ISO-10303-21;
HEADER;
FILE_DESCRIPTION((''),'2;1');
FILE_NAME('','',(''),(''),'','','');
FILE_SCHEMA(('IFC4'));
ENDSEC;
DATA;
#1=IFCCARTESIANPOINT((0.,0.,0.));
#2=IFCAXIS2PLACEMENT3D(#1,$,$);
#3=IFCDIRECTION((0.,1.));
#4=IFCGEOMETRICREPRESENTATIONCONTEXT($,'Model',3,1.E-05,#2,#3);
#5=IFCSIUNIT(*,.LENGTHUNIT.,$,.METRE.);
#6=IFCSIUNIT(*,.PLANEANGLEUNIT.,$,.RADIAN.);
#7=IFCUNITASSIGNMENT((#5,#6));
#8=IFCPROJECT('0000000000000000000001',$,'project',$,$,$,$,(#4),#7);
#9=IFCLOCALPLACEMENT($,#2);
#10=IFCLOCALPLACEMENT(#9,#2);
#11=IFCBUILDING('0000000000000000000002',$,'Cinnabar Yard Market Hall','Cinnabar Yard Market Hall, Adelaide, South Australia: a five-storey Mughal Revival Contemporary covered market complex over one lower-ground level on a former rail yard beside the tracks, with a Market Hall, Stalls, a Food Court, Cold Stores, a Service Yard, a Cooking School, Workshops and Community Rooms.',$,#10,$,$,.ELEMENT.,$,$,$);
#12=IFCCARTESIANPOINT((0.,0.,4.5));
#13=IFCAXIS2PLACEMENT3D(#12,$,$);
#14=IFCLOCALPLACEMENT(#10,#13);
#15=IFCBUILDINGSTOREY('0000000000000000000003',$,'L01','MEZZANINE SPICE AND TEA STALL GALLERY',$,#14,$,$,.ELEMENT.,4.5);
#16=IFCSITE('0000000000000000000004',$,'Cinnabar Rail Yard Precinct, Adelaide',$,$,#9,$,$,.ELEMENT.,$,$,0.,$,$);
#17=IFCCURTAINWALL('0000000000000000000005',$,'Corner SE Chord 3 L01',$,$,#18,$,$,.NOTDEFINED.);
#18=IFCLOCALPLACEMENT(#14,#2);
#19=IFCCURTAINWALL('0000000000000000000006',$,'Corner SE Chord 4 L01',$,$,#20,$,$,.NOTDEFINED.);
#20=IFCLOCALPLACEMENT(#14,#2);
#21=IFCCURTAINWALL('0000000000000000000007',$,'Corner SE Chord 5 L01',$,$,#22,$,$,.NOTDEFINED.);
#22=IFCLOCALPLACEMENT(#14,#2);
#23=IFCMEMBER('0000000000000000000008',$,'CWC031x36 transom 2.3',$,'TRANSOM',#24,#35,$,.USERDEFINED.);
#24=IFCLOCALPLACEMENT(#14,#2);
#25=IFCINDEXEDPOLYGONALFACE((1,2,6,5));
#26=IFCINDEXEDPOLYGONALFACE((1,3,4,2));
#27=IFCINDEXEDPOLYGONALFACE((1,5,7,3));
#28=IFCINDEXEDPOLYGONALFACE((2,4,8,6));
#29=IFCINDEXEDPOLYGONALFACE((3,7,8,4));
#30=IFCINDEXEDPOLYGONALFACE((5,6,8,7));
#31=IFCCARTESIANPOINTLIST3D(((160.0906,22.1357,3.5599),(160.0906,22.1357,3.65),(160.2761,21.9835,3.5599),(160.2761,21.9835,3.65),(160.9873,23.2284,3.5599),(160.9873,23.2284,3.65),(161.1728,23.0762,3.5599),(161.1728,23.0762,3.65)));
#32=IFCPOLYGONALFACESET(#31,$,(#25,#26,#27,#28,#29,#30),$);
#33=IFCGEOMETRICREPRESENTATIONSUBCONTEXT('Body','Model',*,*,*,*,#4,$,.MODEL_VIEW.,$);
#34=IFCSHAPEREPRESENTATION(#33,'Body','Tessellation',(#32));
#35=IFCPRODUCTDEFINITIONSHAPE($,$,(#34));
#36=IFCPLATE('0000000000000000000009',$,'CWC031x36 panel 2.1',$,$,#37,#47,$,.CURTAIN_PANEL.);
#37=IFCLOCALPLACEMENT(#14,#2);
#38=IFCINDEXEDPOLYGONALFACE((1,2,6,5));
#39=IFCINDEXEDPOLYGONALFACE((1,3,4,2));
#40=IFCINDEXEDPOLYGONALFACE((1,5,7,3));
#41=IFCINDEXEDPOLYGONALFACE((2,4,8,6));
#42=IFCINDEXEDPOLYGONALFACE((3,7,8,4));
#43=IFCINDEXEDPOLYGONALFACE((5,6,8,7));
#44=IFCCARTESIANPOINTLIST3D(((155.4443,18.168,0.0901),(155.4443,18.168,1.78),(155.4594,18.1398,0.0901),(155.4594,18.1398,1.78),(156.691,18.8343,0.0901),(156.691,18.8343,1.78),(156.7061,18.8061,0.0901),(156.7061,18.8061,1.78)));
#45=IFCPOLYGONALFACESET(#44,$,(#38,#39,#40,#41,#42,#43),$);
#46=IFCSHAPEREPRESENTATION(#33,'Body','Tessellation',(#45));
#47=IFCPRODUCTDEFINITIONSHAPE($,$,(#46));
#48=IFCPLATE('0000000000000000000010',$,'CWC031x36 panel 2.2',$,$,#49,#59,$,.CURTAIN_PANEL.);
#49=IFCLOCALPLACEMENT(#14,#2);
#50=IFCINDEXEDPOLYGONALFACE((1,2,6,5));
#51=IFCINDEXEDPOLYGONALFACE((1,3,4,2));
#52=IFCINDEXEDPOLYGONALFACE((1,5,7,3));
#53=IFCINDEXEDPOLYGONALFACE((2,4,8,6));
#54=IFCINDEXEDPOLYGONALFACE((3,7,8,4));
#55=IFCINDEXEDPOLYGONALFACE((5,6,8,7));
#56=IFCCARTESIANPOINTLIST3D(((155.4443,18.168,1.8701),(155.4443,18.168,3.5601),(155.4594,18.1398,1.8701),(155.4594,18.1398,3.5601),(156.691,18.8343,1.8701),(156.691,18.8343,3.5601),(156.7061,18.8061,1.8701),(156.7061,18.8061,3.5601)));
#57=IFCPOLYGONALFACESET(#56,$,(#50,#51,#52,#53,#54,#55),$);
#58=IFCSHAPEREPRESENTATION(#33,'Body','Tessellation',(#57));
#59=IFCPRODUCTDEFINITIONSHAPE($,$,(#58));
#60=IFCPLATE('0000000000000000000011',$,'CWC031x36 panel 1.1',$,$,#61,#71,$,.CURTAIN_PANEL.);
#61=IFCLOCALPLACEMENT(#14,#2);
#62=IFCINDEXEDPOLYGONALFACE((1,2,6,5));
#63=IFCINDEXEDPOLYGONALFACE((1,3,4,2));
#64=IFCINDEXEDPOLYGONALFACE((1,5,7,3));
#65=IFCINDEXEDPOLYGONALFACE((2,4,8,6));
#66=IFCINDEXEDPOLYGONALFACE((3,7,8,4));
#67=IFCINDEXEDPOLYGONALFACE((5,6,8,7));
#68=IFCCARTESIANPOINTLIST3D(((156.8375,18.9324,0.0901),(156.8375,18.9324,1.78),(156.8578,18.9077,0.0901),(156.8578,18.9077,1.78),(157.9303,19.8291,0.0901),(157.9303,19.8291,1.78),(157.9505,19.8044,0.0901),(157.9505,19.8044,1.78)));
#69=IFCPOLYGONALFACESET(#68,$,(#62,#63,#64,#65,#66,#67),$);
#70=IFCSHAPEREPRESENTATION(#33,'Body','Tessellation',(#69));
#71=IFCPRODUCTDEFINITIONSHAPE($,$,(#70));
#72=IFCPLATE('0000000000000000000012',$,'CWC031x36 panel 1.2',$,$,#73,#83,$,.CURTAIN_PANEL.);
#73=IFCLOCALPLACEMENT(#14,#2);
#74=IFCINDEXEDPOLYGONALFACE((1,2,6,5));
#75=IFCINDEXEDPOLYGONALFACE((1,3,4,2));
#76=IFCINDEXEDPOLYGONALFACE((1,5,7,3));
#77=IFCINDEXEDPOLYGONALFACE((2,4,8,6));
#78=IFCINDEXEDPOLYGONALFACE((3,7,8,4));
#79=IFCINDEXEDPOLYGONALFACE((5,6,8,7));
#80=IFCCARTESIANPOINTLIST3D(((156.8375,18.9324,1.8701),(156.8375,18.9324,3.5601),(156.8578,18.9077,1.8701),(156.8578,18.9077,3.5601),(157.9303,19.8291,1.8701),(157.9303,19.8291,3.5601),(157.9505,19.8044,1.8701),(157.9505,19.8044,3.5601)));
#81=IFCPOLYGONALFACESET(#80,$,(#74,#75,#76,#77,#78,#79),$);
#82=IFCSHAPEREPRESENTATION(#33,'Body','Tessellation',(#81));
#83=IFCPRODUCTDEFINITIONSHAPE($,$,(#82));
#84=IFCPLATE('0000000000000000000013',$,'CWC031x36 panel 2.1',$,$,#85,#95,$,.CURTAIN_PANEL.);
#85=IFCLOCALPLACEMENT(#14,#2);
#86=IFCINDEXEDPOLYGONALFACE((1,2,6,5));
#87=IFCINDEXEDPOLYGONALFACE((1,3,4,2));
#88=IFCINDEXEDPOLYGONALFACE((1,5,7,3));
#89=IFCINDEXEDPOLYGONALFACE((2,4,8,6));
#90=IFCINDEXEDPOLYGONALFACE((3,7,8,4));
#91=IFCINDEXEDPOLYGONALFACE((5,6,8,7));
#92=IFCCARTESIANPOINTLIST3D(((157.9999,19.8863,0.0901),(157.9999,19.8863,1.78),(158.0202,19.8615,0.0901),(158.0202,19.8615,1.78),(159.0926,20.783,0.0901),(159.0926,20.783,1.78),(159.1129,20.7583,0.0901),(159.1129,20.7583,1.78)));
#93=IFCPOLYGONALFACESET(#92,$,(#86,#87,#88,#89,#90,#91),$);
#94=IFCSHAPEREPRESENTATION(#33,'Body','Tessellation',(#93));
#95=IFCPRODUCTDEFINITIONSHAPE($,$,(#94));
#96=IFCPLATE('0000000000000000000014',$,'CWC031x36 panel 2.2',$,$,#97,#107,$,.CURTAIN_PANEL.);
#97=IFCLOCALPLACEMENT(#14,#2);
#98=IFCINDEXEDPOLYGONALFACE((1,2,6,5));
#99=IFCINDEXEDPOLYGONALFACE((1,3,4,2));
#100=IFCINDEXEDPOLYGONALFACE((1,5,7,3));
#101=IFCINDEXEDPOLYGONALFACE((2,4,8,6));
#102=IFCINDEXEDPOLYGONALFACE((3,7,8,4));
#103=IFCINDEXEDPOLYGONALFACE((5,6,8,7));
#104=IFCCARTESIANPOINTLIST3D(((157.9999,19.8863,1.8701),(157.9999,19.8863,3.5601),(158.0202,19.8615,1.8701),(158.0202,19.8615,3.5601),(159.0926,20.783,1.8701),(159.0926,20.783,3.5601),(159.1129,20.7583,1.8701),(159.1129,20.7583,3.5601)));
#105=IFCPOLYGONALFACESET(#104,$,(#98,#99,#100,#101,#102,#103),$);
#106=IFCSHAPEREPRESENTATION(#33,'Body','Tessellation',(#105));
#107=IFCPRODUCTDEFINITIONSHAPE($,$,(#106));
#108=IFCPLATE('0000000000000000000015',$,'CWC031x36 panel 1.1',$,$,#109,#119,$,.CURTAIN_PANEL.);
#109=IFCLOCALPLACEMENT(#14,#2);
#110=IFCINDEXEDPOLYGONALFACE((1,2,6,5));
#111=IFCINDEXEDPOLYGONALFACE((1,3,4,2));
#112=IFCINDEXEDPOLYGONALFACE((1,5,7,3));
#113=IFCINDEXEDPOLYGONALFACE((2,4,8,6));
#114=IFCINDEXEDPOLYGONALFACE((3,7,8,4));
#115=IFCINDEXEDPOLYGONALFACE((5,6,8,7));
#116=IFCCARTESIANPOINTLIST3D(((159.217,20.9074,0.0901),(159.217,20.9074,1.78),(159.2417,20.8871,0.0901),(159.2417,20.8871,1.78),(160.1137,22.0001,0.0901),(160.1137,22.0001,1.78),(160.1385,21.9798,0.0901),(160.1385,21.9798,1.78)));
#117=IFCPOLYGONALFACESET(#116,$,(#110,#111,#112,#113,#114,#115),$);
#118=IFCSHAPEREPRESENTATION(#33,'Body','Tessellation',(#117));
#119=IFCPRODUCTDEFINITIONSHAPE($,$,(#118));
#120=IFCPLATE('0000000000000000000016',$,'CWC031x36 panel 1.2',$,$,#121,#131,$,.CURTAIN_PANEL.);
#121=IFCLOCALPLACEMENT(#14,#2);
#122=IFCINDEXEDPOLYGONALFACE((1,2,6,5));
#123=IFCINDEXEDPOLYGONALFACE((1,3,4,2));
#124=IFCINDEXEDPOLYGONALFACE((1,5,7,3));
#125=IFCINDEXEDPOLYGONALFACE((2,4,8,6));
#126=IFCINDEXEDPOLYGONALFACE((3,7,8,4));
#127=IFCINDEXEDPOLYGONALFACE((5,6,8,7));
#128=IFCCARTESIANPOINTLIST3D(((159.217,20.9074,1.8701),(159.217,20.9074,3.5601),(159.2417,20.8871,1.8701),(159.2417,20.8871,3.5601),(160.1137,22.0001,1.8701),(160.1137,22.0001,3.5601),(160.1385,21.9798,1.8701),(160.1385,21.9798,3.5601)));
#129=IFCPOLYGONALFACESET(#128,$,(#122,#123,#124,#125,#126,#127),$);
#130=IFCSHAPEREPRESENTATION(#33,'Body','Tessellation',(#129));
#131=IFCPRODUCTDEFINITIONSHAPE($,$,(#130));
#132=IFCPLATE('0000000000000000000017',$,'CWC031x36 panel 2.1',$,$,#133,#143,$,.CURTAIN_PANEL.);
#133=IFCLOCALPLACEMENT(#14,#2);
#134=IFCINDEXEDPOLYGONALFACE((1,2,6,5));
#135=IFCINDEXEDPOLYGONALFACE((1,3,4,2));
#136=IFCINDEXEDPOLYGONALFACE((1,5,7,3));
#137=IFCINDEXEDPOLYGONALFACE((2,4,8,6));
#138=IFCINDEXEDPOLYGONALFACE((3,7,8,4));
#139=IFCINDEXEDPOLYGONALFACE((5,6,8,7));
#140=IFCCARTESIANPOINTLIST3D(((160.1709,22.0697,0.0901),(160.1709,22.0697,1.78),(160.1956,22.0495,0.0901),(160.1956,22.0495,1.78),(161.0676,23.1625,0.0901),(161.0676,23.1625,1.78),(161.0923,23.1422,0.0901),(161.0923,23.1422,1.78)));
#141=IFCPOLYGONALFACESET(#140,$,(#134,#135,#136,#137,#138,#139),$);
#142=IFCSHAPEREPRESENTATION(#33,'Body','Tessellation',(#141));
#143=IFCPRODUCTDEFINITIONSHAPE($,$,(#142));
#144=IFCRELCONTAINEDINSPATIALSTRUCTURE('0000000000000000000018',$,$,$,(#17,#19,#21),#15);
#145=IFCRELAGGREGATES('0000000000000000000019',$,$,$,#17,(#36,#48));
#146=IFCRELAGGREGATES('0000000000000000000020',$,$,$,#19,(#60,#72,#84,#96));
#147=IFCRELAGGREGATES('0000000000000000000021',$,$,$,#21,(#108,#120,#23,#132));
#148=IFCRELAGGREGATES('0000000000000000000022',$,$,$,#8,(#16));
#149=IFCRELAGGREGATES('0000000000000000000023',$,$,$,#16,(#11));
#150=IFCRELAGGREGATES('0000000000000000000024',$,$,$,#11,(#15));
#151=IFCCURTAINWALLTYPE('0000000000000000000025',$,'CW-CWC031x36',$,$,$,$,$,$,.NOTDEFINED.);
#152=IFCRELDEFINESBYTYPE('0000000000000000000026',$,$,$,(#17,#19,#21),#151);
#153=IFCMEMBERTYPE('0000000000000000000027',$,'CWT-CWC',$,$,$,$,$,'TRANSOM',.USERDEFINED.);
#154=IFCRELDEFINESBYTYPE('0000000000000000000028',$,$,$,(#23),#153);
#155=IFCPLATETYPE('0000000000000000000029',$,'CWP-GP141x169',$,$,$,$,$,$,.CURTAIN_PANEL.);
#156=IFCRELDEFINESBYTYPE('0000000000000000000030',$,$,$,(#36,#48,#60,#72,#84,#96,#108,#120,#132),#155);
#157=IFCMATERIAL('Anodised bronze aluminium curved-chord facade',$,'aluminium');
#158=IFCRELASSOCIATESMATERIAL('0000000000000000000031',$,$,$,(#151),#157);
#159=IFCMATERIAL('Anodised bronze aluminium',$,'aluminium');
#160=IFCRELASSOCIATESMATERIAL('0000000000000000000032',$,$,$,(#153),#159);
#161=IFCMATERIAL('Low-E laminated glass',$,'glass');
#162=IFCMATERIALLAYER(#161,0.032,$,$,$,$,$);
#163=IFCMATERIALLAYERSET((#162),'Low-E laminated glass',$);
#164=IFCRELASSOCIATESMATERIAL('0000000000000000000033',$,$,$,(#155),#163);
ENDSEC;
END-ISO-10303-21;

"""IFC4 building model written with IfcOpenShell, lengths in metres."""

from ifc_helpers import new_model, si_unit, direction, frame, origin, origin_2d_with_axis, place, context, subcontext, project, spatial, rectangle, extrude, material, layer, layer_set, material_profile, profile_set, type_object, element, aggregate, save


model = new_model("IFC4")

# Units and contexts
model_context = context("Model", 3, precision=1e-05, world=origin(), true_north=direction((0.0, 1.0)))
body_context = subcontext(model_context, "Body", "Model", "MODEL_VIEW")
ifc_project = project(units=[si_unit("LENGTHUNIT", "METRE"), si_unit("PLANEANGLEUNIT", "RADIAN")], contexts=[model_context])

# Site, building, storey
site_placement = place(None, origin())
site = spatial("IfcSite", under=ifc_project, at=site_placement, Name="Cinnabar Rail Yard Precinct, Adelaide", CompositionType="ELEMENT", RefElevation=0.0)
building_placement = place(site_placement, origin())
building = spatial("IfcBuilding", under=site, at=building_placement, Name="Cinnabar Yard Market Hall", Description="Cinnabar Yard Market Hall, Adelaide, South Australia: a five-storey Mughal Revival Contemporary covered market complex over one lower-ground level on a former rail yard beside the tracks, with a Market Hall, Stalls, a Food Court, Cold Stores, a Service Yard, a Cooking School, Workshops and Community Rooms.", CompositionType="ELEMENT")
storey_placement = place(building_placement, frame((0.0, 0.0, 4.5)))
storey = spatial("IfcBuildingStorey", under=building, at=storey_placement, Name="L01", Description="MEZZANINE SPICE AND TEA STALL GALLERY", CompositionType="ELEMENT", Elevation=4.5)

# Curtain walls
ifc_material_1 = material(Name="Anodised bronze aluminium curved-chord facade", Category="aluminium")
curtain_wall_type = type_object("IfcCurtainWallType", Name="CW-CWC031x36", PredefinedType="NOTDEFINED", material=ifc_material_1)
curtain_wall_1_placement = place(storey_placement, origin())
curtain_wall_1 = element("IfcCurtainWall", 1, at=curtain_wall_1_placement, inside=storey, type_object=curtain_wall_type, Name="Corner SE Chord 3 L01", PredefinedType="NOTDEFINED")
ifc_material_2 = material(Name="Anodised bronze aluminium", Category="aluminium")
curtain_wall_2_placement = place(storey_placement, origin())
curtain_wall_2 = element("IfcCurtainWall", 2, at=curtain_wall_2_placement, inside=storey, type_object=curtain_wall_type, Name="Corner SE Chord 4 L01", PredefinedType="NOTDEFINED")
curtain_wall_3_placement = place(storey_placement, origin())
curtain_wall_3 = element("IfcCurtainWall", 3, at=curtain_wall_3_placement, inside=storey, type_object=curtain_wall_type, Name="Corner SE Chord 5 L01", PredefinedType="NOTDEFINED")

# Member
ifc_material_profile_1 = material_profile(ifc_material_2, rectangle(XDim=0.24, YDim=0.0901, at=origin_2d_with_axis()), Name="TRN-CWC")
ifc_profile_set_1 = profile_set([ifc_material_profile_1], Name="Anodised bronze aluminium")
member_type_1 = type_object("IfcMemberType", Name="CWT-CWC", ElementType="TRANSOM", PredefinedType="USERDEFINED", material=ifc_profile_set_1)
member_1_placement = place(storey_placement, frame((160.1833, 22.0596, 3.605), z_axis=(0.634356, 0.773041, 0.0), x_axis=(-0.773041, 0.634356, 0.0)))
member_1 = element("IfcMember", 4, at=member_1_placement, type_object=member_type_1, Name="CWC031x36 transom 2.3", ObjectType="TRANSOM", PredefinedType="USERDEFINED", context=body_context, shape_type="SweptSolid", body=[
    extrude(rectangle(XDim=0.24, YDim=0.0901, at=origin_2d_with_axis()), origin(), (0.0, 0.0, 1.0), 1.4136),
])

# Plates
ifc_material_3 = material(Name="Low-E laminated glass", Category="glass")
ifc_layer = layer(ifc_material_3, 0.032)
ifc_layer_set = layer_set([ifc_layer], Name="Low-E laminated glass")
plate_type = type_object("IfcPlateType", Name="CWP-GP141x169", PredefinedType="CURTAIN_PANEL", material=ifc_layer_set)
plate_1_placement = place(storey_placement, frame((156.0752, 18.4871, 0.0901), z_axis=(0.0, 0.0, 1.0), x_axis=(0.881917, 0.471404, 0.0)))
plate_1 = element("IfcPlate", 5, at=plate_1_placement, type_object=plate_type, Name="CWC031x36 panel 2.1", PredefinedType="CURTAIN_PANEL", context=body_context, shape_type="SweptSolid", body=[
    extrude(rectangle(XDim=1.4136, YDim=0.032, at=origin_2d_with_axis()), origin(), (0.0, 0.0, 1.0), 1.6899),
])
plate_2_placement = place(storey_placement, frame((156.0752, 18.4871, 1.8701), z_axis=(0.0, 0.0, 1.0), x_axis=(0.881917, 0.471404, 0.0)))
plate_2 = element("IfcPlate", 6, at=plate_2_placement, type_object=plate_type, Name="CWC031x36 panel 2.2", PredefinedType="CURTAIN_PANEL", context=body_context, shape_type="SweptSolid", body=[
    extrude(rectangle(XDim=1.4136, YDim=0.032, at=origin_2d_with_axis()), origin(), (0.0, 0.0, 1.0), 1.6899),
])
aggregate(curtain_wall_1, [plate_1, plate_2])
plate_3_placement = place(storey_placement, frame((157.394, 19.3684, 0.0901), z_axis=(0.0, 0.0, 1.0), x_axis=(0.773019, 0.634383, 0.0)))
plate_3 = element("IfcPlate", 7, at=plate_3_placement, type_object=plate_type, Name="CWC031x36 panel 1.1", PredefinedType="CURTAIN_PANEL", context=body_context, shape_type="SweptSolid", body=[
    extrude(rectangle(XDim=1.4136, YDim=0.032, at=origin_2d_with_axis()), origin(), (0.0, 0.0, 1.0), 1.6899),
])
plate_4_placement = place(storey_placement, frame((157.394, 19.3684, 1.8701), z_axis=(0.0, 0.0, 1.0), x_axis=(0.773019, 0.634383, 0.0)))
plate_4 = element("IfcPlate", 8, at=plate_4_placement, type_object=plate_type, Name="CWC031x36 panel 1.2", PredefinedType="CURTAIN_PANEL", context=body_context, shape_type="SweptSolid", body=[
    extrude(rectangle(XDim=1.4136, YDim=0.032, at=origin_2d_with_axis()), origin(), (0.0, 0.0, 1.0), 1.6899),
])
plate_5_placement = place(storey_placement, frame((158.5564, 20.3223, 0.0901), z_axis=(0.0, 0.0, 1.0), x_axis=(0.773019, 0.634383, 0.0)))
plate_5 = element("IfcPlate", 9, at=plate_5_placement, type_object=plate_type, Name="CWC031x36 panel 2.1", PredefinedType="CURTAIN_PANEL", context=body_context, shape_type="SweptSolid", body=[
    extrude(rectangle(XDim=1.4136, YDim=0.032, at=origin_2d_with_axis()), origin(), (0.0, 0.0, 1.0), 1.6899),
])
plate_6_placement = place(storey_placement, frame((158.5564, 20.3223, 1.8701), z_axis=(0.0, 0.0, 1.0), x_axis=(0.773019, 0.634383, 0.0)))
plate_6 = element("IfcPlate", 10, at=plate_6_placement, type_object=plate_type, Name="CWC031x36 panel 2.2", PredefinedType="CURTAIN_PANEL", context=body_context, shape_type="SweptSolid", body=[
    extrude(rectangle(XDim=1.4136, YDim=0.032, at=origin_2d_with_axis()), origin(), (0.0, 0.0, 1.0), 1.6899),
])
aggregate(curtain_wall_2, [plate_3, plate_4, plate_5, plate_6])
plate_7_placement = place(storey_placement, frame((159.6777, 21.4436, 0.0901), z_axis=(0.0, 0.0, 1.0), x_axis=(0.634383, 0.773019, 0.0)))
plate_7 = element("IfcPlate", 11, at=plate_7_placement, type_object=plate_type, Name="CWC031x36 panel 1.1", PredefinedType="CURTAIN_PANEL", context=body_context, shape_type="SweptSolid", body=[
    extrude(rectangle(XDim=1.4136, YDim=0.032, at=origin_2d_with_axis()), origin(), (0.0, 0.0, 1.0), 1.6899),
])
plate_8_placement = place(storey_placement, frame((159.6777, 21.4436, 1.8701), z_axis=(0.0, 0.0, 1.0), x_axis=(0.634383, 0.773019, 0.0)))
plate_8 = element("IfcPlate", 12, at=plate_8_placement, type_object=plate_type, Name="CWC031x36 panel 1.2", PredefinedType="CURTAIN_PANEL", context=body_context, shape_type="SweptSolid", body=[
    extrude(rectangle(XDim=1.4136, YDim=0.032, at=origin_2d_with_axis()), origin(), (0.0, 0.0, 1.0), 1.6899),
])
plate_9_placement = place(storey_placement, frame((160.6316, 22.606, 0.0901), z_axis=(0.0, 0.0, 1.0), x_axis=(0.634383, 0.773019, 0.0)))
plate_9 = element("IfcPlate", 13, at=plate_9_placement, type_object=plate_type, Name="CWC031x36 panel 2.1", PredefinedType="CURTAIN_PANEL", context=body_context, shape_type="SweptSolid", body=[
    extrude(rectangle(XDim=1.4136, YDim=0.032, at=origin_2d_with_axis()), origin(), (0.0, 0.0, 1.0), 1.6899),
])
aggregate(curtain_wall_3, [plate_7, plate_8, member_1, plate_9])

save(model, "model.ifc")
